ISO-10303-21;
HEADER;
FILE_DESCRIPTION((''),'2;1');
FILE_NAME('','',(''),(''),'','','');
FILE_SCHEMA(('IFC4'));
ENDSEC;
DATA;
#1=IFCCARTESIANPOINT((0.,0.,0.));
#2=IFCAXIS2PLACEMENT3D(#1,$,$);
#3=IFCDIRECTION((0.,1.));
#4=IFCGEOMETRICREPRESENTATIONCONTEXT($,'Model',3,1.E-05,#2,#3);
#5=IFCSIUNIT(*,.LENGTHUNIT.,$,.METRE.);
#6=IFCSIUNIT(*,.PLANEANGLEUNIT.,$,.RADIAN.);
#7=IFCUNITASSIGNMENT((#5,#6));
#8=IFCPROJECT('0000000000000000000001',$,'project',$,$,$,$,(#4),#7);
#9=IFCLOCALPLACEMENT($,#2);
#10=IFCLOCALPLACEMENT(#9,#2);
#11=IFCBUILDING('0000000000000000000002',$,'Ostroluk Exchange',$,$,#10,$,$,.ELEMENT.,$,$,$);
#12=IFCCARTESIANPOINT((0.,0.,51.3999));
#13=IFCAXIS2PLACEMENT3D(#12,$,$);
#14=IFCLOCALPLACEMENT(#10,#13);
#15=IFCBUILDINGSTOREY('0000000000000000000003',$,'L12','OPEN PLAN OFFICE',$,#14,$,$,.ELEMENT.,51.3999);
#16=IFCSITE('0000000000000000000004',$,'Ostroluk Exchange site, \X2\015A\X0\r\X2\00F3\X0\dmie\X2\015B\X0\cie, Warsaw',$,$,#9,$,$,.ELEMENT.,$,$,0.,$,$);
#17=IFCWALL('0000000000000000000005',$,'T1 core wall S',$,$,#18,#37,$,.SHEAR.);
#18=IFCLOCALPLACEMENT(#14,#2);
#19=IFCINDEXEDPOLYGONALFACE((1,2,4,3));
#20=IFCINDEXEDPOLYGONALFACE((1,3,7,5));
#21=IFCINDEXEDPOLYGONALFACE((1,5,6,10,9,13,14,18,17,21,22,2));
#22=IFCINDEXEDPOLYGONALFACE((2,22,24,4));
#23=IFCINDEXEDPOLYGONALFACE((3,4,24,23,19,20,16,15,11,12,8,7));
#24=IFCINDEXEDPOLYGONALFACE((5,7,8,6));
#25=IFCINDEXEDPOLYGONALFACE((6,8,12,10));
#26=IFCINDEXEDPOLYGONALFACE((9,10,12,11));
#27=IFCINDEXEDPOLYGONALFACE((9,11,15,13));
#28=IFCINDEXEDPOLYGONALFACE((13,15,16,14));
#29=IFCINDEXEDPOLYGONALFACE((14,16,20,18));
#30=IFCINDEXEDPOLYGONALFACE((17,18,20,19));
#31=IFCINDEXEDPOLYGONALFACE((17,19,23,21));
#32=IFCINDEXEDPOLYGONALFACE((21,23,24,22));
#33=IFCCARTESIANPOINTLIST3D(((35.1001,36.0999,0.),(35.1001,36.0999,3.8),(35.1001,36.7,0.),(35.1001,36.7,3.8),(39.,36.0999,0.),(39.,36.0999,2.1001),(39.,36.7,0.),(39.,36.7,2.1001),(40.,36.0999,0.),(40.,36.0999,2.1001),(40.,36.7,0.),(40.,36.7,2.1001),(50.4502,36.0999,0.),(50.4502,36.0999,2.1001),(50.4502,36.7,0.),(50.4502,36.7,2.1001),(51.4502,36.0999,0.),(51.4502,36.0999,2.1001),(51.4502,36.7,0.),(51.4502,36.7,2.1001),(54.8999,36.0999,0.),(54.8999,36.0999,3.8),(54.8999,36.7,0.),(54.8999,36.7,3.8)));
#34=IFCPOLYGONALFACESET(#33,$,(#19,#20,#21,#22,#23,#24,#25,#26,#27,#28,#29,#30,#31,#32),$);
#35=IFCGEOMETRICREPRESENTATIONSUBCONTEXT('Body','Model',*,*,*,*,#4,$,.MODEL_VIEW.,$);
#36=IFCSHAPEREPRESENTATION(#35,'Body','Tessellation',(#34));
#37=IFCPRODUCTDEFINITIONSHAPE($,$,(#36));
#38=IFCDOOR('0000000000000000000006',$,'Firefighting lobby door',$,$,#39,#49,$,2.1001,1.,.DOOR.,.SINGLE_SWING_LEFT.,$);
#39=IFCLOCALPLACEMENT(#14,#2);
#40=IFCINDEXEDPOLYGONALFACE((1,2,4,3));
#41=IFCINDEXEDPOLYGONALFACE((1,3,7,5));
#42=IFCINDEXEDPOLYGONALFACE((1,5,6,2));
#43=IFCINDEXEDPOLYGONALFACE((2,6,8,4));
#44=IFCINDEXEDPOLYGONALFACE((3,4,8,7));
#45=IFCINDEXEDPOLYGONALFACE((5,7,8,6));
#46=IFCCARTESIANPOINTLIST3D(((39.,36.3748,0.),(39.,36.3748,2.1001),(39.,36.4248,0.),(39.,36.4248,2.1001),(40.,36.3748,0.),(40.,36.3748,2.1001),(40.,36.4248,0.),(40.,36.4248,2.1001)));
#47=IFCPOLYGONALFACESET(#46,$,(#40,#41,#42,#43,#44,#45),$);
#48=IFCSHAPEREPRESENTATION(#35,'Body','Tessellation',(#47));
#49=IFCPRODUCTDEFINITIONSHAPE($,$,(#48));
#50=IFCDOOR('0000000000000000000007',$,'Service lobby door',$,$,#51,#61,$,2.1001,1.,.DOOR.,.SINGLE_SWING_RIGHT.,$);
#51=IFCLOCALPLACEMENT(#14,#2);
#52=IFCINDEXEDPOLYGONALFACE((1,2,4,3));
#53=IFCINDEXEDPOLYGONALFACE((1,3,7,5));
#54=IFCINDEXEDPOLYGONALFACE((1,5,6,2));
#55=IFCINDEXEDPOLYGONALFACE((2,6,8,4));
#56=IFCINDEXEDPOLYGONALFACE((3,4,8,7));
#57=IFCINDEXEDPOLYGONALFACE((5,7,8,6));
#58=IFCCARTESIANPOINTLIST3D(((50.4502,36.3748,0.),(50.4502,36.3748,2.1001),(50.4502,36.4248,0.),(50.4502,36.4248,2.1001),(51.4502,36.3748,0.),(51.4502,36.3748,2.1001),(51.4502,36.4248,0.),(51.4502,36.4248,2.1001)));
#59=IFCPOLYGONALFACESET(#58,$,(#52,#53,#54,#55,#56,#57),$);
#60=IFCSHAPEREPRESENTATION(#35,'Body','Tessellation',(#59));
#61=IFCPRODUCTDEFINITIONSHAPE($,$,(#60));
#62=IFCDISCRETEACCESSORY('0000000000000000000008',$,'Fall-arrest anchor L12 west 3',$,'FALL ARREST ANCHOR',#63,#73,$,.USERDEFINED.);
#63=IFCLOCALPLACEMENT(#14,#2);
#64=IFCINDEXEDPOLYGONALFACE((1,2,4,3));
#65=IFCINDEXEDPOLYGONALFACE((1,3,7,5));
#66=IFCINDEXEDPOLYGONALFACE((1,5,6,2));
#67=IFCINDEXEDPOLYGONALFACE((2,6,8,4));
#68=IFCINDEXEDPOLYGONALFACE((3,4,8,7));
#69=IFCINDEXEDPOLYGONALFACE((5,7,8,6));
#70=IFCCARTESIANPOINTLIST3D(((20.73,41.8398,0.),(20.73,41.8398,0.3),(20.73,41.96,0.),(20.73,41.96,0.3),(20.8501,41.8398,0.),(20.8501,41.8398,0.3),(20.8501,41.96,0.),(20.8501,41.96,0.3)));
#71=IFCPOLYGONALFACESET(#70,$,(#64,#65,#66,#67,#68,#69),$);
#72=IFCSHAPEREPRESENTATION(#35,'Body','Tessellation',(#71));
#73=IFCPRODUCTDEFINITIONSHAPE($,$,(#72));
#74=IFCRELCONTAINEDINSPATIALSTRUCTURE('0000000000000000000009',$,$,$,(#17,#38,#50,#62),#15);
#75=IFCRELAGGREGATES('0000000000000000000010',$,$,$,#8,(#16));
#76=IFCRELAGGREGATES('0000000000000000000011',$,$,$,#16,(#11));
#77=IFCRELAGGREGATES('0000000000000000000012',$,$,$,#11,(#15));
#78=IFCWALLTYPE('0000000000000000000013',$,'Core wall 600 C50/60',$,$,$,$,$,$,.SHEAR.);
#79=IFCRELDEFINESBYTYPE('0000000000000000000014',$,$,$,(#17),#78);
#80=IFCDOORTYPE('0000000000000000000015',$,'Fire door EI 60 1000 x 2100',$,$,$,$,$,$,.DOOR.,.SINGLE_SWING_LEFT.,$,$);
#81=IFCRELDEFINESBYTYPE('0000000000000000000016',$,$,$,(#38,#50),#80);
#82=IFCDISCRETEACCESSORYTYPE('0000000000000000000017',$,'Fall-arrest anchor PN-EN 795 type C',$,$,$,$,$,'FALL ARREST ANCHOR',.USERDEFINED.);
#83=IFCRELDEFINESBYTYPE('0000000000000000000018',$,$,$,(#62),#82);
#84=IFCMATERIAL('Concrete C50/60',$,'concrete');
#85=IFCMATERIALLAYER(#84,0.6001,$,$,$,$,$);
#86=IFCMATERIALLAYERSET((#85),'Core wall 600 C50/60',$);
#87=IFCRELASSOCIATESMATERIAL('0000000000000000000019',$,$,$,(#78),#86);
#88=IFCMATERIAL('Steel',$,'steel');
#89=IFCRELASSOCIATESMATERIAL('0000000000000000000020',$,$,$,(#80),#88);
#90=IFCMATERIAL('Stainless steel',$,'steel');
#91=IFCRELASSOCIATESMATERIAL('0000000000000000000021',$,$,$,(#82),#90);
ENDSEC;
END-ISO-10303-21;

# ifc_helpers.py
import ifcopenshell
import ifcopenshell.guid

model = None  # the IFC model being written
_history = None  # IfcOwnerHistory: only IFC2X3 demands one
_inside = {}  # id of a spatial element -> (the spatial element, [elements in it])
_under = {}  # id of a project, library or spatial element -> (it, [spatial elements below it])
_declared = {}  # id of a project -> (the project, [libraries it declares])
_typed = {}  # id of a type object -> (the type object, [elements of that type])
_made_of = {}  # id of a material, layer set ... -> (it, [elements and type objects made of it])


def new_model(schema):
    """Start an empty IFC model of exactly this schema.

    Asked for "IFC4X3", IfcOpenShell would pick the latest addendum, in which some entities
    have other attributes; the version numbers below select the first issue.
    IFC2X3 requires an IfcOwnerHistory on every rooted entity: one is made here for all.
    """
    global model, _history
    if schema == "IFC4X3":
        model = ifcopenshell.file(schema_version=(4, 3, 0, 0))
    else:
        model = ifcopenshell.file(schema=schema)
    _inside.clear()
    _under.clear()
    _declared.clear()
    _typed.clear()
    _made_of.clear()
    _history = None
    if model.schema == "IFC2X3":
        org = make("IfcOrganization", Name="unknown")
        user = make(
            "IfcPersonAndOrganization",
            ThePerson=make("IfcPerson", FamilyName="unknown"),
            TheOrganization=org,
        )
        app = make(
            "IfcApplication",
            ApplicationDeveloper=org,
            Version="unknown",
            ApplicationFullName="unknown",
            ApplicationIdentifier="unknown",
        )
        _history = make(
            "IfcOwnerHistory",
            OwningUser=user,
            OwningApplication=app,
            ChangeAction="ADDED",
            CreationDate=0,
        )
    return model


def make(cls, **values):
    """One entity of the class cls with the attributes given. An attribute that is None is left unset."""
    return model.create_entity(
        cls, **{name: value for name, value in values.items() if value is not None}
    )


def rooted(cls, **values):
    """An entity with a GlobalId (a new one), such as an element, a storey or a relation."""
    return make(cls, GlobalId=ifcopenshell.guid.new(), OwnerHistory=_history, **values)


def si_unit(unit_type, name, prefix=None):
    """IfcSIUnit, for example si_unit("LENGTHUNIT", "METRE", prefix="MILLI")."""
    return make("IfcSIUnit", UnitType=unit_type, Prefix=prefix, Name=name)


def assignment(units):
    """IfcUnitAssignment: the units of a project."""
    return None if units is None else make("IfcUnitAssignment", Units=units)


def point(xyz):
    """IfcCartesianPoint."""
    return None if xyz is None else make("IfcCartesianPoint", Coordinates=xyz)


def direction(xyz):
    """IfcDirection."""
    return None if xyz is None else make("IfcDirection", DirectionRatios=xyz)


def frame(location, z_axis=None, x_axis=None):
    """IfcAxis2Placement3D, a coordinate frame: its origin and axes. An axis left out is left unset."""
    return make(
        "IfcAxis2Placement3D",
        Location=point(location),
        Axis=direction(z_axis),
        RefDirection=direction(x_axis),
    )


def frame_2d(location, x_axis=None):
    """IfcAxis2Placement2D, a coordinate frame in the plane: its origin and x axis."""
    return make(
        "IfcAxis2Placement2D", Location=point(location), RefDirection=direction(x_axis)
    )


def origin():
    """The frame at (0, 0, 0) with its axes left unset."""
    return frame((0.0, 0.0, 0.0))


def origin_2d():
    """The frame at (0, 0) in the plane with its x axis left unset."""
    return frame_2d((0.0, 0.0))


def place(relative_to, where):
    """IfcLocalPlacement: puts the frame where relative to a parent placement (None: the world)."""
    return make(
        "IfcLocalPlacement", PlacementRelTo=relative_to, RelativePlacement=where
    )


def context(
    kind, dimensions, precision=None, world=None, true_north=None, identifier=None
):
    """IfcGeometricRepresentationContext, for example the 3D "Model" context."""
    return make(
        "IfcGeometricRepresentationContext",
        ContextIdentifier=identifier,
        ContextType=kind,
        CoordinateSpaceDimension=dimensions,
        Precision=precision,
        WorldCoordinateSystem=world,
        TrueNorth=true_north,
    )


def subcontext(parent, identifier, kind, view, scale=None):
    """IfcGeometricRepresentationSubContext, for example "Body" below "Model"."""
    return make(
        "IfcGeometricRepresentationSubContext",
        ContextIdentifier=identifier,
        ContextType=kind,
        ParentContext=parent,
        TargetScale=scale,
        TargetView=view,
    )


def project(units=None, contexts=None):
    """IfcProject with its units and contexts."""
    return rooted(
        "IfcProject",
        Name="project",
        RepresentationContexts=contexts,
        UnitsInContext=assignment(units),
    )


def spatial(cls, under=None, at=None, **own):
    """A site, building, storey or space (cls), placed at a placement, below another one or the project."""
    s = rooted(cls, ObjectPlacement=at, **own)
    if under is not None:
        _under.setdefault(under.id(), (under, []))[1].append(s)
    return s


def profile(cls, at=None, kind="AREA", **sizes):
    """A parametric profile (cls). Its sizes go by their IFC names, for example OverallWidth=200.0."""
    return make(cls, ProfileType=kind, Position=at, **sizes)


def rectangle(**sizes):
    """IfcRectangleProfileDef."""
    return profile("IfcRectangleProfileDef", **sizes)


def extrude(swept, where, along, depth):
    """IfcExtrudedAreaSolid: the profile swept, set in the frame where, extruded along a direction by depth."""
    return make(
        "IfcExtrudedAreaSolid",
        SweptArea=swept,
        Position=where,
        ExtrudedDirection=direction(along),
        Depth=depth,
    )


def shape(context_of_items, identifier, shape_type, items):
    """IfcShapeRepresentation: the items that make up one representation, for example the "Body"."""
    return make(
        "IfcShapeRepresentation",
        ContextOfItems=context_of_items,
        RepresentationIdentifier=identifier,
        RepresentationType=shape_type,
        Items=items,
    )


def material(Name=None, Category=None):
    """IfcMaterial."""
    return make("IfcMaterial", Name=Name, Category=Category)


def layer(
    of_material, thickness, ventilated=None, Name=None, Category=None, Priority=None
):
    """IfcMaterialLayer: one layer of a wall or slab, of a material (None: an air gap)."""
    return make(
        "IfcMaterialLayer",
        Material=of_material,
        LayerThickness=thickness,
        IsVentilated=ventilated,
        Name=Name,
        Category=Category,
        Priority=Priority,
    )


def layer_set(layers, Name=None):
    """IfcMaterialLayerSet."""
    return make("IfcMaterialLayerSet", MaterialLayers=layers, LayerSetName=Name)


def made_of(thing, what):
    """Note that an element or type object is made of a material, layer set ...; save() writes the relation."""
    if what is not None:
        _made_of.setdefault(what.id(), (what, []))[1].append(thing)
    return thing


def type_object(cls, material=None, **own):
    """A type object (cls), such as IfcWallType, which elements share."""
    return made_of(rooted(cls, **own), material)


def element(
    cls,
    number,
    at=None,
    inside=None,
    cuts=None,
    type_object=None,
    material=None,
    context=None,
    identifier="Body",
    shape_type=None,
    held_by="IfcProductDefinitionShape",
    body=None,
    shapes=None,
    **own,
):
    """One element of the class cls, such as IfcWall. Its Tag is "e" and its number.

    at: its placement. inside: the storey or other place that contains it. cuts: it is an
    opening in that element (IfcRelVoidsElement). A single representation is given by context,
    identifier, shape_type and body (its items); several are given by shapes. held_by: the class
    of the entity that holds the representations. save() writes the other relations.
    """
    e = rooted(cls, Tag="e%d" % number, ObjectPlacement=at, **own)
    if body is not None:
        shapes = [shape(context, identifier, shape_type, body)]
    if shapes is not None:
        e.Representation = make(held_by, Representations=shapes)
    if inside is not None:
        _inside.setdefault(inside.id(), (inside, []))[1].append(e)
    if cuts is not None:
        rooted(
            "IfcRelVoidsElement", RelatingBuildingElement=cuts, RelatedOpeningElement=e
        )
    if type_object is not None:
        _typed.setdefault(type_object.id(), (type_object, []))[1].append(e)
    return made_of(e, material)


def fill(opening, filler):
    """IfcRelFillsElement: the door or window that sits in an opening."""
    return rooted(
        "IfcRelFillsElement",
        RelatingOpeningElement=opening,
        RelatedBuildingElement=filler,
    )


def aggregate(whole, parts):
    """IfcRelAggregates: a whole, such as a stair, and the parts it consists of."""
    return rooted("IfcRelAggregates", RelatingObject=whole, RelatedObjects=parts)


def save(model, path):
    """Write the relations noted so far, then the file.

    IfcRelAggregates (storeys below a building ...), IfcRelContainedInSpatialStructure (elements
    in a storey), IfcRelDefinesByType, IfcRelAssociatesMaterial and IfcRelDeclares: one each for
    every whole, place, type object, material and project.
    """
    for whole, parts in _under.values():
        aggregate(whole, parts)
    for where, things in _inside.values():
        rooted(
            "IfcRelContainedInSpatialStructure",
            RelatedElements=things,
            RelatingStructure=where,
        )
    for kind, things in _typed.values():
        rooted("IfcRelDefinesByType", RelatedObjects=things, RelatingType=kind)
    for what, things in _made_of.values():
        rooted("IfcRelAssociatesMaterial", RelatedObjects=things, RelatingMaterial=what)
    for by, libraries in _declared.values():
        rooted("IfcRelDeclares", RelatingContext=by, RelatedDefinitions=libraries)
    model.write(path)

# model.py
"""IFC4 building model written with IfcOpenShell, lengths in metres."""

from ifc_helpers import new_model, si_unit, direction, frame, frame_2d, origin, origin_2d, place, context, subcontext, project, spatial, rectangle, extrude, material, layer, layer_set, type_object, element, fill, save


model = new_model("IFC4")

# Units and contexts
model_context = context("Model", 3, precision=1e-05, world=origin(), true_north=direction((0.0, 1.0)))
body_context = subcontext(model_context, "Body", "Model", "MODEL_VIEW")
ifc_project = project(units=[si_unit("LENGTHUNIT", "METRE"), si_unit("PLANEANGLEUNIT", "RADIAN")], contexts=[model_context])

# Site, building, storey
site_placement = place(None, origin())
site = spatial("IfcSite", under=ifc_project, at=site_placement, Name="Ostroluk Exchange site, Śródmieście, Warsaw", CompositionType="ELEMENT", RefElevation=0.0)
building_placement = place(site_placement, origin())
building = spatial("IfcBuilding", under=site, at=building_placement, Name="Ostroluk Exchange", CompositionType="ELEMENT")
storey_placement = place(building_placement, frame((0.0, 0.0, 51.3999)))
storey = spatial("IfcBuildingStorey", under=building, at=storey_placement, Name="L12", Description="OPEN PLAN OFFICE", CompositionType="ELEMENT", Elevation=51.3999)

# Wall, openings, doors
ifc_material_1 = material(Name="Concrete C50/60", Category="concrete")
ifc_layer_1 = layer(ifc_material_1, 0.6001)
ifc_layer_set_1 = layer_set([ifc_layer_1], Name="Core wall 600 C50/60")
wall_type_1 = type_object("IfcWallType", Name="Core wall 600 C50/60", PredefinedType="SHEAR", material=ifc_layer_set_1)
wall_placement = place(storey_placement, frame((35.1001, 36.3999, 0.0), z_axis=(0.0, 0.0, 1.0), x_axis=(1.0, 0.0, 0.0)))
wall = element("IfcWall", 1, at=wall_placement, inside=storey, type_object=wall_type_1, Name="T1 core wall S", PredefinedType="SHEAR", context=body_context, shape_type="SweptSolid", body=[
    extrude(rectangle(XDim=19.7998, YDim=0.6001, at=frame_2d((9.8999, 0.0))), origin(), (0.0, 0.0, 1.0), 3.8),
])
opening_1_placement = place(wall_placement, frame((3.8999, 0.0, 0.0)))
opening_1 = element("IfcOpeningElement", 2, at=opening_1_placement, cuts=wall, PredefinedType="OPENING", context=body_context, shape_type="SweptSolid", body=[
    extrude(rectangle(XDim=1.0, YDim=2.1001, at=frame_2d((0.5, 1.05))), frame((0.0, 0.3101, 0.0), z_axis=(0.0, -1.0, 0.0), x_axis=(1.0, 0.0, 0.0)), (0.0, 0.0, 1.0), 0.6201),
])
opening_2_placement = place(wall_placement, frame((15.3501, 0.0, 0.0)))
opening_2 = element("IfcOpeningElement", 3, at=opening_2_placement, cuts=wall, PredefinedType="OPENING", context=body_context, shape_type="SweptSolid", body=[
    extrude(rectangle(XDim=1.0, YDim=2.1001, at=frame_2d((0.5, 1.05))), frame((0.0, 0.3101, 0.0), z_axis=(0.0, -1.0, 0.0), x_axis=(1.0, 0.0, 0.0)), (0.0, 0.0, 1.0), 0.6201),
])
ifc_material_2 = material(Name="Steel", Category="steel")
door_type = type_object("IfcDoorType", Name="Fire door EI 60 1000 x 2100", OperationType="SINGLE_SWING_LEFT", PredefinedType="DOOR", material=ifc_material_2)
door_1_placement = place(opening_1_placement, origin())
door_1 = element("IfcDoor", 4, at=door_1_placement, inside=storey, type_object=door_type, Name="Firefighting lobby door", OperationType="SINGLE_SWING_LEFT", OverallHeight=2.1001, OverallWidth=1.0, PredefinedType="DOOR", context=body_context, shape_type="SweptSolid", body=[
    extrude(rectangle(XDim=1.0, YDim=2.1001, at=frame_2d((0.5, 1.05))), frame((0.0, 0.0249, 0.0), z_axis=(0.0, -1.0, 0.0), x_axis=(1.0, 0.0, 0.0)), (0.0, 0.0, 1.0), 0.05),
])
fill(opening_1, door_1)
door_2_placement = place(opening_2_placement, origin())
door_2 = element("IfcDoor", 5, at=door_2_placement, inside=storey, type_object=door_type, Name="Service lobby door", OperationType="SINGLE_SWING_RIGHT", OverallHeight=2.1001, OverallWidth=1.0, PredefinedType="DOOR", context=body_context, shape_type="SweptSolid", body=[
    extrude(rectangle(XDim=1.0, YDim=2.1001, at=frame_2d((0.5, 1.05))), frame((0.0, 0.0249, 0.0), z_axis=(0.0, -1.0, 0.0), x_axis=(1.0, 0.0, 0.0)), (0.0, 0.0, 1.0), 0.05),
])
fill(opening_2, door_2)

# Discrete accessory
ifc_material_3 = material(Name="Stainless steel", Category="steel")
discrete_accessory_type = type_object("IfcDiscreteAccessoryType", Name="Fall-arrest anchor PN-EN 795 type C", ElementType="FALL ARREST ANCHOR", PredefinedType="USERDEFINED", material=ifc_material_3)
discrete_accessory_placement = place(storey_placement, frame((20.79, 41.8999, 0.0), z_axis=(0.0, 0.0, 1.0), x_axis=(1.0, 0.0, 0.0)))
element("IfcDiscreteAccessory", 6, at=discrete_accessory_placement, inside=storey, type_object=discrete_accessory_type, Name="Fall-arrest anchor L12 west 3", ObjectType="FALL ARREST ANCHOR", PredefinedType="USERDEFINED", context=body_context, shape_type="SweptSolid", body=[
    extrude(rectangle(XDim=0.1201, YDim=0.1201, at=origin_2d()), origin(), (0.0, 0.0, 1.0), 0.3),
])

save(model, "model.ifc")
